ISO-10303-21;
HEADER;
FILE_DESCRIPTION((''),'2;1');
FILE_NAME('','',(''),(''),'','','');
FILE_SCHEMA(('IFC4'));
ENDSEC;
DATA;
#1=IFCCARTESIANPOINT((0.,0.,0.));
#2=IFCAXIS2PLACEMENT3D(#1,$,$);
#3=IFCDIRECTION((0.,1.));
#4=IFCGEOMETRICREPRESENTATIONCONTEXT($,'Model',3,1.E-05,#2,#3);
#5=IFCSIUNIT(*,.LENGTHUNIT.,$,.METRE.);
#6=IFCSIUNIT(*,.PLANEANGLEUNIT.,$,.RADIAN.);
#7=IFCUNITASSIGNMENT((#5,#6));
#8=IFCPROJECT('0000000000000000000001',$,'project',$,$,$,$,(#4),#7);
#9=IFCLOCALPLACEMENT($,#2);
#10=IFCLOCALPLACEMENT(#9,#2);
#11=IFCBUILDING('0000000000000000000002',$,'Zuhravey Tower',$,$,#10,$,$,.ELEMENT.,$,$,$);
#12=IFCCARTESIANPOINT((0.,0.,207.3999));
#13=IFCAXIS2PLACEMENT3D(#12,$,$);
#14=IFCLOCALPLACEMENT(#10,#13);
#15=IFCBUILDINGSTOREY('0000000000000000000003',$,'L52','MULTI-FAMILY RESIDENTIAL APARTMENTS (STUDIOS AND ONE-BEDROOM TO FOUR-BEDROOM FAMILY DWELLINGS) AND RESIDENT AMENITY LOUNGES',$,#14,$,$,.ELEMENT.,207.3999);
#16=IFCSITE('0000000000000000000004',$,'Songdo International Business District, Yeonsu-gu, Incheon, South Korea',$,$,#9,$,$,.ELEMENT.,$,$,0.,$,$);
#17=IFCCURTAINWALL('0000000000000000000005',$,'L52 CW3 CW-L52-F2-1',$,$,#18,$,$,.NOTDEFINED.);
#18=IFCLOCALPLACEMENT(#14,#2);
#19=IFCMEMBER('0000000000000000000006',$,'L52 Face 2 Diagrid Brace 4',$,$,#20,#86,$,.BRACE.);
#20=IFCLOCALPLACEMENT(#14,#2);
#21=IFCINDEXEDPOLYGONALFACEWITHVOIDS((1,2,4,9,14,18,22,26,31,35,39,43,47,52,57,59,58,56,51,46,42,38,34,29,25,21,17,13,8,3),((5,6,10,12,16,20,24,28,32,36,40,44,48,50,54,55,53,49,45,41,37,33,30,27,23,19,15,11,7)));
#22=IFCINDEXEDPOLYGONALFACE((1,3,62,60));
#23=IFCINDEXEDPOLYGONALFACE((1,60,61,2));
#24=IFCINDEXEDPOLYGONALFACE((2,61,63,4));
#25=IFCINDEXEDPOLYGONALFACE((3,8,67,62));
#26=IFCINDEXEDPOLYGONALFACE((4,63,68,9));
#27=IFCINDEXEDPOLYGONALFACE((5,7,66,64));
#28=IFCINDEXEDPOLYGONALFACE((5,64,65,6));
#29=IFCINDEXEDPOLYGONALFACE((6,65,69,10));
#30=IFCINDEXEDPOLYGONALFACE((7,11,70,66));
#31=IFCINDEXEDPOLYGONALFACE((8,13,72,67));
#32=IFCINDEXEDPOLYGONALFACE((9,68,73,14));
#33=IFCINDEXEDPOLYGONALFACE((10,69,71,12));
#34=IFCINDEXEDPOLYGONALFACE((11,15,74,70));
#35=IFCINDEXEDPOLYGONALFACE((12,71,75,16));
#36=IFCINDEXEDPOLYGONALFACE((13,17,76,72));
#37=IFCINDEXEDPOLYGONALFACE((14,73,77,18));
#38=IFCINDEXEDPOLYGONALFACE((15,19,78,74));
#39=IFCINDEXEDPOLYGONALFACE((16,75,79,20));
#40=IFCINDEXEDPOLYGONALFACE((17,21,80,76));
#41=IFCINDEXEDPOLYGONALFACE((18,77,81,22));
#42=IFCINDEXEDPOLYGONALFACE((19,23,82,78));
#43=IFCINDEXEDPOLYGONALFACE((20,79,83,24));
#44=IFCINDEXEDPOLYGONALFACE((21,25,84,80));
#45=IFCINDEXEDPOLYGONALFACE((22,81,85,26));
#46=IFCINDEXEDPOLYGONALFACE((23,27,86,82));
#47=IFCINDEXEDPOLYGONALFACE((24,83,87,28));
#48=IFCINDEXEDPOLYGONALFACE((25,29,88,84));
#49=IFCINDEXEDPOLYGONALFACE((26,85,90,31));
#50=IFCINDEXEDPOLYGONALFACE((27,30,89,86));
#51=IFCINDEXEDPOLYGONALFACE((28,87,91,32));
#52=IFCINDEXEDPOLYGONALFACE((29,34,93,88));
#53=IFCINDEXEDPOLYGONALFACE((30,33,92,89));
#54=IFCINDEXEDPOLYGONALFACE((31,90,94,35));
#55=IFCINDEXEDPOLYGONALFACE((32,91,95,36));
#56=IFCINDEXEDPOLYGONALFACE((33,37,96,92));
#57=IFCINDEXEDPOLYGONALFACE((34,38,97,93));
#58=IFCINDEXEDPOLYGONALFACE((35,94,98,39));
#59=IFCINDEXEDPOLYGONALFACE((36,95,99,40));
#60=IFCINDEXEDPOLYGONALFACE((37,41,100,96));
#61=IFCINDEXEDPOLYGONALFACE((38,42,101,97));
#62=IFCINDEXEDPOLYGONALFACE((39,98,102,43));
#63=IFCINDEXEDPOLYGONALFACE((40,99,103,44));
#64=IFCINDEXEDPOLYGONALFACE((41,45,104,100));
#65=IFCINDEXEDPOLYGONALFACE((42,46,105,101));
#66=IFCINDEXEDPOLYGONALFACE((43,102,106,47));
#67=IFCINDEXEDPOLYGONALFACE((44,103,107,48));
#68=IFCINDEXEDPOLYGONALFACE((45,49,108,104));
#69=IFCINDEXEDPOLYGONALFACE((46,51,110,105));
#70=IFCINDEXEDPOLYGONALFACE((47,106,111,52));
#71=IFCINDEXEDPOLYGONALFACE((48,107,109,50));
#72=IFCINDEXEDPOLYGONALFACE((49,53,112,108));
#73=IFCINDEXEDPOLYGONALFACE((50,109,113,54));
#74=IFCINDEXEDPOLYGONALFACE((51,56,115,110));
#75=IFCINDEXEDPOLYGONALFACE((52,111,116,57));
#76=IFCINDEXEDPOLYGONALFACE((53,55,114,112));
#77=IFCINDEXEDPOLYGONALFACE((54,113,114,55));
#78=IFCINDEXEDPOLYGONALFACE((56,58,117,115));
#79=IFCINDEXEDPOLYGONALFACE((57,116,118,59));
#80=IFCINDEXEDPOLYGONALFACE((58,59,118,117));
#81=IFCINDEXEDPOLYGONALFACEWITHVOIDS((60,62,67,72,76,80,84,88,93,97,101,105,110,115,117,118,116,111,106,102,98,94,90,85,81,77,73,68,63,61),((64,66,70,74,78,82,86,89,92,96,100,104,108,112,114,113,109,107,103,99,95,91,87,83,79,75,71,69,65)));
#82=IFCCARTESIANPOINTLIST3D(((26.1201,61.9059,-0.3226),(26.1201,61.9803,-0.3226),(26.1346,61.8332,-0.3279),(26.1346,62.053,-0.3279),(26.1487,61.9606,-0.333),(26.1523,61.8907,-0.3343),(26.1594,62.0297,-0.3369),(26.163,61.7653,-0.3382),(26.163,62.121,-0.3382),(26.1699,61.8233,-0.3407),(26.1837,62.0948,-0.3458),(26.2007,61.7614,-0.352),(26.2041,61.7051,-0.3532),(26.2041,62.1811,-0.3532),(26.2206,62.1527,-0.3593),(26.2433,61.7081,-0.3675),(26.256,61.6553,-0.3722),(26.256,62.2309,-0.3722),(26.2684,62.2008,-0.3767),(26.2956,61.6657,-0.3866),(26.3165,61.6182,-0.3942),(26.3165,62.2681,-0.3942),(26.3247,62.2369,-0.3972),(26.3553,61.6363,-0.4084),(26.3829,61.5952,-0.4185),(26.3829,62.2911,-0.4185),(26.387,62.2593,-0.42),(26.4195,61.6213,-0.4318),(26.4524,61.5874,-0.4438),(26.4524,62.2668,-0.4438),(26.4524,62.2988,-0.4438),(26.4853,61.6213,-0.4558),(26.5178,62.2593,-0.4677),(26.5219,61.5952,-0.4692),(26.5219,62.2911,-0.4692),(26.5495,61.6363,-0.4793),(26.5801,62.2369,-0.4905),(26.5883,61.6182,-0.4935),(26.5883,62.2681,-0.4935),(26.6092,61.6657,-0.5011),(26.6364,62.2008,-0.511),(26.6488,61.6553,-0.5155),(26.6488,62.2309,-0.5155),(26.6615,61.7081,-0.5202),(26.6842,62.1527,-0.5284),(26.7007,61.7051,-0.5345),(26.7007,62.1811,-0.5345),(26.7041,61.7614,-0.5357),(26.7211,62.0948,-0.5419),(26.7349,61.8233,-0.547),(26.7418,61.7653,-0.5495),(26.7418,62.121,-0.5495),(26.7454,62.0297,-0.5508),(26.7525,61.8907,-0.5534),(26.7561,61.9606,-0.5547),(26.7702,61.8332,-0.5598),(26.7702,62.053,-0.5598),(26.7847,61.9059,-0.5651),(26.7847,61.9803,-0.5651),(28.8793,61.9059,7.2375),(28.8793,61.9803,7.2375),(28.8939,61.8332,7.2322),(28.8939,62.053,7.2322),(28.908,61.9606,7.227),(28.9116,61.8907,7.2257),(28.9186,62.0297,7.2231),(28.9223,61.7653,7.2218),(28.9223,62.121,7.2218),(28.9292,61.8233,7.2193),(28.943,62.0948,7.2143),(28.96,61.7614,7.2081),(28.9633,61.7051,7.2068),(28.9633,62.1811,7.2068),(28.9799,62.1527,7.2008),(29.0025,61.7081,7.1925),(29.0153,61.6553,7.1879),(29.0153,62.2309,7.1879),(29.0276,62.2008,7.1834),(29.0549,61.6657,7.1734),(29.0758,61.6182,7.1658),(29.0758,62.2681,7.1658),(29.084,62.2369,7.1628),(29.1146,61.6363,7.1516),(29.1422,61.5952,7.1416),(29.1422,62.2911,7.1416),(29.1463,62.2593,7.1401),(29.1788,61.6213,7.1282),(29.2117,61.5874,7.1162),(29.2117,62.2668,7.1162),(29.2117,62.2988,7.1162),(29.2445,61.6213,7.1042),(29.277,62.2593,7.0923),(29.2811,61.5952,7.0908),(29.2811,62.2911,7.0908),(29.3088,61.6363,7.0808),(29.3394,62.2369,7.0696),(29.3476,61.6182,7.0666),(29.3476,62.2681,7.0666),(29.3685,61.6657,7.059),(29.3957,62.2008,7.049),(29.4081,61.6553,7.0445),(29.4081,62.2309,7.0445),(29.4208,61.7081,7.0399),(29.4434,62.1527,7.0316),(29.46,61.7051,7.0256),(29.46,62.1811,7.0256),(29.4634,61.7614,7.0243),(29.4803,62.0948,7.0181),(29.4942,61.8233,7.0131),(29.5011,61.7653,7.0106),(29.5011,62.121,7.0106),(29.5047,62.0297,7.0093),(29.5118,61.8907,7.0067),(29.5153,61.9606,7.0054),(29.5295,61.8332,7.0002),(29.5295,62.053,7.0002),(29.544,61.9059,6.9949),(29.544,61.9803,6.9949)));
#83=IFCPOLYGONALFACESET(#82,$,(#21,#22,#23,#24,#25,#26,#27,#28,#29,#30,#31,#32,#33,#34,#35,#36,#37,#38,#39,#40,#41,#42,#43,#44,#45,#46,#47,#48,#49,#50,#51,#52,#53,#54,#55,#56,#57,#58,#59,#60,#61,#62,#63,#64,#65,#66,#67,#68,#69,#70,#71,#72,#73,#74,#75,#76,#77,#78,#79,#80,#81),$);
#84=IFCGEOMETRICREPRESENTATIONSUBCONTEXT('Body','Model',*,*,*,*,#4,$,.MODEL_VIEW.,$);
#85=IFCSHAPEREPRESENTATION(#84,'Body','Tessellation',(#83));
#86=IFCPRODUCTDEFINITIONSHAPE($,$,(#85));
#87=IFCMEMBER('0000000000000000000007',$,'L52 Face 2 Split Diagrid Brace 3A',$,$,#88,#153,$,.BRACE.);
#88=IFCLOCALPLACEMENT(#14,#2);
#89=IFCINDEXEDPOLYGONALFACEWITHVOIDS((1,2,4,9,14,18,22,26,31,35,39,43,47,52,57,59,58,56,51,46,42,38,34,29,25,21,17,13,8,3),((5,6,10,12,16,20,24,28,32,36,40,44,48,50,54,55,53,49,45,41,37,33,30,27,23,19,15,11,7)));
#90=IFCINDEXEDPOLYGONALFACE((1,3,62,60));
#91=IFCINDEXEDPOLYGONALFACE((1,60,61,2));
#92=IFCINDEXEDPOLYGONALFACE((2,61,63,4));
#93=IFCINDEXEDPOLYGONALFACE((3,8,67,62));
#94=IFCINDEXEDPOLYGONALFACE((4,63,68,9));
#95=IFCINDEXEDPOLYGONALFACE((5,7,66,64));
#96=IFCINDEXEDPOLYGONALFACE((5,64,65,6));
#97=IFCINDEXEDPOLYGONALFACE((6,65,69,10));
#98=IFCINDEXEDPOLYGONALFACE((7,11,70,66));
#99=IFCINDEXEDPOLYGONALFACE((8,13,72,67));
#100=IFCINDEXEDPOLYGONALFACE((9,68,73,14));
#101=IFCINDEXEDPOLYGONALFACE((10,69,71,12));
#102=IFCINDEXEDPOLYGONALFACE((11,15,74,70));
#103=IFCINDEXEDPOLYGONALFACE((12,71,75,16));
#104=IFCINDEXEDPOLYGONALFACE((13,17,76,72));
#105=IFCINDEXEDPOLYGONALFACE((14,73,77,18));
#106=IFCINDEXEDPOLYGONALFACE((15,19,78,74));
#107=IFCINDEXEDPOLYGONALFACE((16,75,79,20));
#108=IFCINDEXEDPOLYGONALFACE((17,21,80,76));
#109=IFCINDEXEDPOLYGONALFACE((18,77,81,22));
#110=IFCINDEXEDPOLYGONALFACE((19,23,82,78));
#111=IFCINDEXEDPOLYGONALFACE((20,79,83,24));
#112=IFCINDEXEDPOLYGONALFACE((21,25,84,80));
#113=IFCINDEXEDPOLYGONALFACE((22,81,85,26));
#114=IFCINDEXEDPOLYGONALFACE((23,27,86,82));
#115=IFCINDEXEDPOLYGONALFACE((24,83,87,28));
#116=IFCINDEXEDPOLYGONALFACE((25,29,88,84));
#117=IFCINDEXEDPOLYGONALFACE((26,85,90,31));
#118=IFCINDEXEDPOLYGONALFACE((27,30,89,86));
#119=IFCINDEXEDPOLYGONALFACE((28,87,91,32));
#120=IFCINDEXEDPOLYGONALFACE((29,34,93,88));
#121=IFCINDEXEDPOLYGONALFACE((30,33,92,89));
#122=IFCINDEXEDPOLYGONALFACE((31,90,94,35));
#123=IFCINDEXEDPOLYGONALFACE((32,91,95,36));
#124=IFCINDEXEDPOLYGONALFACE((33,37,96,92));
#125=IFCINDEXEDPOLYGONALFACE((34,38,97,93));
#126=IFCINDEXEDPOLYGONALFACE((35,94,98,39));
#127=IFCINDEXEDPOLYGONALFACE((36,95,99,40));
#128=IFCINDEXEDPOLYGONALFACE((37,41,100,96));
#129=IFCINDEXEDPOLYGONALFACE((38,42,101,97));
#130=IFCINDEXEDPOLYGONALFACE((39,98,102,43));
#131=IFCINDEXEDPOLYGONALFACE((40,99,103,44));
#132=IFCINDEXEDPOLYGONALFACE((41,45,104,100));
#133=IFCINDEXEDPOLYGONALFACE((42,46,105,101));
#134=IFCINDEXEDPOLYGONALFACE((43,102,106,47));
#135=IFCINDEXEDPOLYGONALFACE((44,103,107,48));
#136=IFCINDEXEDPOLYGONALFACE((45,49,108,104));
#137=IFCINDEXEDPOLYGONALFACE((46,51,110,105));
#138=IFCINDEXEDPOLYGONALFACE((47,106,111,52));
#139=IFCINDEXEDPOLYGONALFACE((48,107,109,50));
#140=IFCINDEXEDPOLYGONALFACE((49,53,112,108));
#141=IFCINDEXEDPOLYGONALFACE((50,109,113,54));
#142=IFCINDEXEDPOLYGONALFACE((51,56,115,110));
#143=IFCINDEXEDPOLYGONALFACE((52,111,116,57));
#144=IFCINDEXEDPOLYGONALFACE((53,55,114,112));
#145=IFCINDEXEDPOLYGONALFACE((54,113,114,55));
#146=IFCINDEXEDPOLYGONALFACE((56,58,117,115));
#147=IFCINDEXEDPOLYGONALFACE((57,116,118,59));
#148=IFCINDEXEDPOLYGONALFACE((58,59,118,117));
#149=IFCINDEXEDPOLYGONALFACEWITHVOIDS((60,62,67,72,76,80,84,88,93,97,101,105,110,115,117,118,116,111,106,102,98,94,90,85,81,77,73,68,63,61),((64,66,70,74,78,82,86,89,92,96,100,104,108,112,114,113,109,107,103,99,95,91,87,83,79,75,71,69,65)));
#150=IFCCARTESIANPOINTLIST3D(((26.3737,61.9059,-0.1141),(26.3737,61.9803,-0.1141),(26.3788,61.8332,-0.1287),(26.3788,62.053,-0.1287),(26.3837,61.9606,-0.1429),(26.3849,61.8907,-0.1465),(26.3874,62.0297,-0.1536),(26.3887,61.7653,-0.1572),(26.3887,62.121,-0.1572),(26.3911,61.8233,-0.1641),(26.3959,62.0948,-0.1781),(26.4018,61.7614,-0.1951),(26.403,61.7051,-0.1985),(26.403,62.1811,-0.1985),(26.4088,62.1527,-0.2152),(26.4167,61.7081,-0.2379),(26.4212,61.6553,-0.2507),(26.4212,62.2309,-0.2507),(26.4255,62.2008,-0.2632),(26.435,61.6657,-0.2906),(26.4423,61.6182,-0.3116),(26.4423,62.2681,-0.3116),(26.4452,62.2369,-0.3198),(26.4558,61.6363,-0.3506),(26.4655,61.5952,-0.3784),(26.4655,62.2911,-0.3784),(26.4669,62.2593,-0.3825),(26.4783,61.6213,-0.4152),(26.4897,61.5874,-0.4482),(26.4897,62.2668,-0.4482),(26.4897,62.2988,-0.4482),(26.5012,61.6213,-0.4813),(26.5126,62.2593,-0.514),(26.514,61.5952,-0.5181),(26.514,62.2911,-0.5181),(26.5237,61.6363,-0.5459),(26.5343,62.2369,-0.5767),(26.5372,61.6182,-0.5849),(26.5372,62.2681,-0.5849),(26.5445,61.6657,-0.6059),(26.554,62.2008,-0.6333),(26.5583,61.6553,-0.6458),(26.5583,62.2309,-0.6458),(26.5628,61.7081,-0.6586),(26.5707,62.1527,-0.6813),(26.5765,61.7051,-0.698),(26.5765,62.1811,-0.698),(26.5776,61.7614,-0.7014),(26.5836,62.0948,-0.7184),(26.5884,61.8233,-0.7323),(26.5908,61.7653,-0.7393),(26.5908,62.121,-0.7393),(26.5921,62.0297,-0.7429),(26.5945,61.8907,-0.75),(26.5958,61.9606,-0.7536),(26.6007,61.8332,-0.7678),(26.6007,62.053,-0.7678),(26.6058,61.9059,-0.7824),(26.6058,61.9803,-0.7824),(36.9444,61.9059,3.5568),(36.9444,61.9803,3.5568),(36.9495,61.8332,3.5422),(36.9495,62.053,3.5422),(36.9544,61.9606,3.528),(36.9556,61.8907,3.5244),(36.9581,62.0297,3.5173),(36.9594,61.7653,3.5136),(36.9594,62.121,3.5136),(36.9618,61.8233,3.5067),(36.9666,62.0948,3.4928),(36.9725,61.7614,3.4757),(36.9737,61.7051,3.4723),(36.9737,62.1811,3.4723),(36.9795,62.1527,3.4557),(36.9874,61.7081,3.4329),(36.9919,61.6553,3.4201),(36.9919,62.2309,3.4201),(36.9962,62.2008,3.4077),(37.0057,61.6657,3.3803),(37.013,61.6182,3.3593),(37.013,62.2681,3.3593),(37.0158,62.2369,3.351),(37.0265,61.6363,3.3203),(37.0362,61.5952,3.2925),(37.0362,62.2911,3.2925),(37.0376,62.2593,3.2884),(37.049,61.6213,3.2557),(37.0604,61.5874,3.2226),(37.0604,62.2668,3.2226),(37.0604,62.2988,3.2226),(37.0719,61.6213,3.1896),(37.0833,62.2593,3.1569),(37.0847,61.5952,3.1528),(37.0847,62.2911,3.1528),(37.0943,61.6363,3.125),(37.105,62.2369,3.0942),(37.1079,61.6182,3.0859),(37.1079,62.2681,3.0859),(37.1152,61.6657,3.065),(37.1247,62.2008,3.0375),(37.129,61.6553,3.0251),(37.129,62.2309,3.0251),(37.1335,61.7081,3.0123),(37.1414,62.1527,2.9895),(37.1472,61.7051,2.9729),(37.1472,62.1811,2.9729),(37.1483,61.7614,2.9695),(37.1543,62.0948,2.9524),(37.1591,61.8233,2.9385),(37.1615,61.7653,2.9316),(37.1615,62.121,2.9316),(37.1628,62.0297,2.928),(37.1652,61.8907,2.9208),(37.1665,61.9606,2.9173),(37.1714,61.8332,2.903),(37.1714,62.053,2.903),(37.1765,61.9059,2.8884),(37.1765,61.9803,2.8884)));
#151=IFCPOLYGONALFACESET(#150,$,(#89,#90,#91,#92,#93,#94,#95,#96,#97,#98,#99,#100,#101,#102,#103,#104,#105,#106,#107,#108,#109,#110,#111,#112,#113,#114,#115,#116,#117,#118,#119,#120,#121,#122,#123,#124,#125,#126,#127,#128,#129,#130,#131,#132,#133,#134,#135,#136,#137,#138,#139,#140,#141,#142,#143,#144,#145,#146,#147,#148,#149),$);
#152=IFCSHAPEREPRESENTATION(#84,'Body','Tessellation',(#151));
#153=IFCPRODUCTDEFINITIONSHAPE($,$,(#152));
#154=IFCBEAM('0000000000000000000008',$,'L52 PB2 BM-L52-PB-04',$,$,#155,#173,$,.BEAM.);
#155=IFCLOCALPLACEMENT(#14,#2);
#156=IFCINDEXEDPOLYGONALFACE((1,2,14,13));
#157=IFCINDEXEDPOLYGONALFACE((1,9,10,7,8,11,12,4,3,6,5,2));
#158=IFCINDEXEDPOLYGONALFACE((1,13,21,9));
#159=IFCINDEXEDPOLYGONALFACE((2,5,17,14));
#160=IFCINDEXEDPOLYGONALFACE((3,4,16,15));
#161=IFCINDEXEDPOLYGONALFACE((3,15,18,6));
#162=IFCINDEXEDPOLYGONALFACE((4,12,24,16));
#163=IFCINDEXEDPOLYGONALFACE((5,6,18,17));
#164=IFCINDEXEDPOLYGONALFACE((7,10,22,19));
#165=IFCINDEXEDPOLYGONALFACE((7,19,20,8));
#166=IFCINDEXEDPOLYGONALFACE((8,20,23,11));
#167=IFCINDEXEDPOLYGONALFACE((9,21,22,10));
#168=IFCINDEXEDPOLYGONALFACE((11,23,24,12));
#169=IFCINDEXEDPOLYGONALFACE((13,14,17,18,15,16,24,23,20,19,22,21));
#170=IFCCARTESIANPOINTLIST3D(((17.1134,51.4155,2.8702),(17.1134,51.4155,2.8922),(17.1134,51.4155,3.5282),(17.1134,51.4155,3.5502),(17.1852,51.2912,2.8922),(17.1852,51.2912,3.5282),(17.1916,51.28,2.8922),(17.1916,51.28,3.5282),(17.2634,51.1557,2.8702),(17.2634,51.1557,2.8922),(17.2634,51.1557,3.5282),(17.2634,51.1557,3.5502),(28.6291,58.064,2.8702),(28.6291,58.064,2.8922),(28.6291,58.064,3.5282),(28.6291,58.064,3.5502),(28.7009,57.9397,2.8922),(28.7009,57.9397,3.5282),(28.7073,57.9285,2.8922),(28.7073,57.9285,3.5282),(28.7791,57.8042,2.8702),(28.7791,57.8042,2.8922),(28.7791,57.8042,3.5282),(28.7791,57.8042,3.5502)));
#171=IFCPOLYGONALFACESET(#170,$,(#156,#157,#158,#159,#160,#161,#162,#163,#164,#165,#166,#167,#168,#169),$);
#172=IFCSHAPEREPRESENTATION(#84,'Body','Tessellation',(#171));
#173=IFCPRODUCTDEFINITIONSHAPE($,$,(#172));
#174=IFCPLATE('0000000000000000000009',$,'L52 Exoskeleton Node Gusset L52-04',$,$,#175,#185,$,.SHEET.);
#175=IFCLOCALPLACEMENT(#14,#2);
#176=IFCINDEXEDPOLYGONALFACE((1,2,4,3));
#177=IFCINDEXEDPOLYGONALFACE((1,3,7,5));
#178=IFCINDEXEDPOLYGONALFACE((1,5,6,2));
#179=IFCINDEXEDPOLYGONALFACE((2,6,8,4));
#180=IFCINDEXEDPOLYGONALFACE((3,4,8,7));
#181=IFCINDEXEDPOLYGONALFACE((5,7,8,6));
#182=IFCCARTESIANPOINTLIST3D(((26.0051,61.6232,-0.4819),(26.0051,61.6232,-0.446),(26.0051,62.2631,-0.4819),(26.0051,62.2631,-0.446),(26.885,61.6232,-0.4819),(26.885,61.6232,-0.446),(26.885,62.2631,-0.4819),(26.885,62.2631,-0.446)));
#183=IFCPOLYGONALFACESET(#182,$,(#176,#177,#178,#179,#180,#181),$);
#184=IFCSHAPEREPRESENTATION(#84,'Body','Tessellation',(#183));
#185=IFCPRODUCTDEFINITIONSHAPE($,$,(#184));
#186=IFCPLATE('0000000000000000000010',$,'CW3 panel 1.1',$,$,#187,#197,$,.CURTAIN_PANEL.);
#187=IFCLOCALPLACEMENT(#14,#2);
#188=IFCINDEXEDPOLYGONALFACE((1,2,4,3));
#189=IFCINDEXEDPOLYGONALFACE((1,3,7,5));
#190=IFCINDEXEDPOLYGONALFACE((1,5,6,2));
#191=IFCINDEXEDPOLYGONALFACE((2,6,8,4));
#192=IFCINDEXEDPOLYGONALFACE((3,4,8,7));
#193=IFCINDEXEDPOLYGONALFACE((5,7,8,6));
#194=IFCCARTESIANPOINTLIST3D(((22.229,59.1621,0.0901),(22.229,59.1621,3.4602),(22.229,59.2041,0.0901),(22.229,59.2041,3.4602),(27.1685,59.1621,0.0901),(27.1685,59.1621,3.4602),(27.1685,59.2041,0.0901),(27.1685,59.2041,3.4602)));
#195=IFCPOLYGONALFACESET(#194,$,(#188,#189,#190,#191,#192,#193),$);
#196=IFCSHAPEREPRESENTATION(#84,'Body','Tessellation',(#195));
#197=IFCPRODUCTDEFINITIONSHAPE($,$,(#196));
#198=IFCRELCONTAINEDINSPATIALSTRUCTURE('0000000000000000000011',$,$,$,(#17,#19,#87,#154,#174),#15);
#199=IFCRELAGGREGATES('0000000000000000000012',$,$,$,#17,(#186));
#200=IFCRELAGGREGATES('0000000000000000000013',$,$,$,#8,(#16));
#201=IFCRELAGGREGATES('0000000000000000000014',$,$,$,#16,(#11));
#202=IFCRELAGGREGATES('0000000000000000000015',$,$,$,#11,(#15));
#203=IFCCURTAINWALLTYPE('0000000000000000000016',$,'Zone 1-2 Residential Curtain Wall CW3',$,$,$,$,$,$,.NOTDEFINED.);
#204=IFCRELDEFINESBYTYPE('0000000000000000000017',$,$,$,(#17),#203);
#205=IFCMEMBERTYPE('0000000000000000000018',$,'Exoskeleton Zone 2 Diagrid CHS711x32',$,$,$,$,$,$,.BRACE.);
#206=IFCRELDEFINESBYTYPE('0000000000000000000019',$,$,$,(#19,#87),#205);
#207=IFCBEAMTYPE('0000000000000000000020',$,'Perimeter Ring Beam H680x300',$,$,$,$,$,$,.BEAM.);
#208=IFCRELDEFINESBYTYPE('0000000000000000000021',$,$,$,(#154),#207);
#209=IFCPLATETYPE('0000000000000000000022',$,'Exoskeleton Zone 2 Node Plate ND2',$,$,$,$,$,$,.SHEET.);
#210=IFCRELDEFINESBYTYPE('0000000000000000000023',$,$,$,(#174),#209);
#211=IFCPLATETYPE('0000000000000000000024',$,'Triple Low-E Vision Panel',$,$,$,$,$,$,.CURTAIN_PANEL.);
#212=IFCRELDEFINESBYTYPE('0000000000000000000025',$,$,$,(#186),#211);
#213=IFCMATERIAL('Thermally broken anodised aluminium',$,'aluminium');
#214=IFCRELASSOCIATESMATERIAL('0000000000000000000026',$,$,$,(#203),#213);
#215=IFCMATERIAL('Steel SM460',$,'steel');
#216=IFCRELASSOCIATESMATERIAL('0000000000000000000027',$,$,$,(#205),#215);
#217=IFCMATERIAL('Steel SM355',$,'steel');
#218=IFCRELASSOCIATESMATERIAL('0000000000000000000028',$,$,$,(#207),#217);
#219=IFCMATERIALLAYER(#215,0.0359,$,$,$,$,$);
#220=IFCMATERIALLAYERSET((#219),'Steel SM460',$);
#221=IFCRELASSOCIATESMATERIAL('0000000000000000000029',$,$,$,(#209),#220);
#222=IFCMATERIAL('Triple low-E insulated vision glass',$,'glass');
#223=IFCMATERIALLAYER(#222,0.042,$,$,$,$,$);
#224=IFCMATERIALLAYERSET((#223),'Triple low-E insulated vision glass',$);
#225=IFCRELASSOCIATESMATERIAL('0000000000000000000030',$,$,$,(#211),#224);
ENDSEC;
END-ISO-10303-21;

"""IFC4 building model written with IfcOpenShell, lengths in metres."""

from ifc_helpers import new_model, si_unit, direction, frame, origin, origin_2d, place, context, subcontext, project, spatial, rectangle, hollow_circle, i_section, extrude, material, layer, layer_set, material_profile, profile_set, type_object, element, aggregate, save


model = new_model("IFC4")

# Units and contexts
model_context = context("Model", 3, precision=1e-05, world=origin(), true_north=direction((0.0, 1.0)))
body_context = subcontext(model_context, "Body", "Model", "MODEL_VIEW")
ifc_project = project(units=[si_unit("LENGTHUNIT", "METRE"), si_unit("PLANEANGLEUNIT", "RADIAN")], contexts=[model_context])

# Site, building, storey
site_placement = place(None, origin())
site = spatial("IfcSite", under=ifc_project, at=site_placement, Name="Songdo International Business District, Yeonsu-gu, Incheon, South Korea", CompositionType="ELEMENT", RefElevation=0.0)
building_placement = place(site_placement, origin())
building = spatial("IfcBuilding", under=site, at=building_placement, Name="Zuhravey Tower", CompositionType="ELEMENT")
storey_placement = place(building_placement, frame((0.0, 0.0, 207.3999)))
storey = spatial("IfcBuildingStorey", under=building, at=storey_placement, Name="L52", Description="MULTI-FAMILY RESIDENTIAL APARTMENTS (STUDIOS AND ONE-BEDROOM TO FOUR-BEDROOM FAMILY DWELLINGS) AND RESIDENT AMENITY LOUNGES", CompositionType="ELEMENT", Elevation=207.3999)

# Curtain wall
ifc_material_1 = material(Name="Thermally broken anodised aluminium", Category="aluminium")
curtain_wall_type = type_object("IfcCurtainWallType", Name="Zone 1-2 Residential Curtain Wall CW3", PredefinedType="NOTDEFINED", material=ifc_material_1)
curtain_wall_placement = place(storey_placement, origin())
curtain_wall = element("IfcCurtainWall", 1, at=curtain_wall_placement, inside=storey, type_object=curtain_wall_type, Name="L52 CW3 CW-L52-F2-1", PredefinedType="NOTDEFINED")

# Members
ifc_material_2 = material(Name="Steel SM460", Category="steel")
ifc_material_profile_1 = material_profile(ifc_material_2, hollow_circle(Radius=0.3557, WallThickness=0.032, at=origin_2d()), Name="CHS-711.2x32")
ifc_profile_set_1 = profile_set([ifc_material_profile_1], Name="Steel SM460")
member_type_1 = type_object("IfcMemberType", Name="Exoskeleton Zone 2 Diagrid CHS711x32", PredefinedType="BRACE", material=ifc_profile_set_1)
member_1_placement = place(storey_placement, frame((26.4524, 61.9431, -0.4438), z_axis=(0.342858, 0.0, 0.939387), x_axis=(0.0, 1.0, 0.0)))
element("IfcMember", 2, at=member_1_placement, inside=storey, type_object=member_type_1, Name="L52 Face 2 Diagrid Brace 4", PredefinedType="BRACE", context=body_context, shape_type="SweptSolid", body=[
    extrude(hollow_circle(Radius=0.3557, WallThickness=0.032, at=origin_2d()), origin(), (0.0, 0.0, 1.0), 8.0479),
])
member_2_placement = place(storey_placement, frame((26.4897, 61.9431, -0.4482), z_axis=(0.94466, 0.0, 0.32805), x_axis=(0.0, 1.0, 0.0)))
element("IfcMember", 3, at=member_2_placement, inside=storey, type_object=member_type_1, Name="L52 Face 2 Split Diagrid Brace 3A", PredefinedType="BRACE", context=body_context, shape_type="SweptSolid", body=[
    extrude(hollow_circle(Radius=0.3557, WallThickness=0.032, at=origin_2d()), origin(), (0.0, 0.0, 1.0), 11.1899),
])

# Beam
ifc_material_3 = material(Name="Steel SM355", Category="steel")
ifc_material_profile_2 = material_profile(ifc_material_3, i_section(OverallWidth=0.3, OverallDepth=0.6799, WebThickness=0.0129, FlangeThickness=0.022, at=origin_2d()), Name="H-680x300x13x22")
ifc_profile_set_2 = profile_set([ifc_material_profile_2], Name="Steel SM355")
beam_type = type_object("IfcBeamType", Name="Perimeter Ring Beam H680x300", PredefinedType="BEAM", material=ifc_profile_set_2)
beam_placement = place(storey_placement, frame((28.7041, 57.9341, 3.2102), z_axis=(-0.866029, -0.499994, 0.0), x_axis=(0.499994, -0.866029, 0.0)))
element("IfcBeam", 4, at=beam_placement, inside=storey, type_object=beam_type, Name="L52 PB2 BM-L52-PB-04", PredefinedType="BEAM", context=body_context, shape_type="SweptSolid", body=[
    extrude(i_section(OverallWidth=0.3, OverallDepth=0.6799, WebThickness=0.0129, FlangeThickness=0.022, at=origin_2d()), origin(), (0.0, 0.0, 1.0), 13.2971),
])

# Plates
ifc_layer_1 = layer(ifc_material_2, 0.0359)
ifc_layer_set_1 = layer_set([ifc_layer_1], Name="Steel SM460")
plate_type_1 = type_object("IfcPlateType", Name="Exoskeleton Zone 2 Node Plate ND2", PredefinedType="SHEET", material=ifc_layer_set_1)
plate_1_placement = place(storey_placement, frame((26.4451, 61.9431, -0.4819), z_axis=(0.0, 0.0, 1.0), x_axis=(-1.0, 0.0, 0.0)))
element("IfcPlate", 5, at=plate_1_placement, inside=storey, type_object=plate_type_1, Name="L52 Exoskeleton Node Gusset L52-04", PredefinedType="SHEET", context=body_context, shape_type="SweptSolid", body=[
    extrude(rectangle(XDim=0.8799, YDim=0.6399, at=origin_2d()), origin(), (0.0, 0.0, 1.0), 0.0359),
])
ifc_material_4 = material(Name="Triple low-E insulated vision glass", Category="glass")
ifc_layer_2 = layer(ifc_material_4, 0.042)
ifc_layer_set_2 = layer_set([ifc_layer_2], Name="Triple low-E insulated vision glass")
plate_type_2 = type_object("IfcPlateType", Name="Triple Low-E Vision Panel", PredefinedType="CURTAIN_PANEL", material=ifc_layer_set_2)
plate_2_placement = place(storey_placement, frame((24.6987, 59.1831, 0.0901), z_axis=(0.0, 0.0, 1.0), x_axis=(1.0, 0.0, 0.0)))
plate_2 = element("IfcPlate", 6, at=plate_2_placement, type_object=plate_type_2, Name="CW3 panel 1.1", PredefinedType="CURTAIN_PANEL", context=body_context, shape_type="SweptSolid", body=[
    extrude(rectangle(XDim=4.9395, YDim=0.042, at=origin_2d()), origin(), (0.0, 0.0, 1.0), 3.3701),
])
aggregate(curtain_wall, [plate_2])

save(model, "model.ifc")
